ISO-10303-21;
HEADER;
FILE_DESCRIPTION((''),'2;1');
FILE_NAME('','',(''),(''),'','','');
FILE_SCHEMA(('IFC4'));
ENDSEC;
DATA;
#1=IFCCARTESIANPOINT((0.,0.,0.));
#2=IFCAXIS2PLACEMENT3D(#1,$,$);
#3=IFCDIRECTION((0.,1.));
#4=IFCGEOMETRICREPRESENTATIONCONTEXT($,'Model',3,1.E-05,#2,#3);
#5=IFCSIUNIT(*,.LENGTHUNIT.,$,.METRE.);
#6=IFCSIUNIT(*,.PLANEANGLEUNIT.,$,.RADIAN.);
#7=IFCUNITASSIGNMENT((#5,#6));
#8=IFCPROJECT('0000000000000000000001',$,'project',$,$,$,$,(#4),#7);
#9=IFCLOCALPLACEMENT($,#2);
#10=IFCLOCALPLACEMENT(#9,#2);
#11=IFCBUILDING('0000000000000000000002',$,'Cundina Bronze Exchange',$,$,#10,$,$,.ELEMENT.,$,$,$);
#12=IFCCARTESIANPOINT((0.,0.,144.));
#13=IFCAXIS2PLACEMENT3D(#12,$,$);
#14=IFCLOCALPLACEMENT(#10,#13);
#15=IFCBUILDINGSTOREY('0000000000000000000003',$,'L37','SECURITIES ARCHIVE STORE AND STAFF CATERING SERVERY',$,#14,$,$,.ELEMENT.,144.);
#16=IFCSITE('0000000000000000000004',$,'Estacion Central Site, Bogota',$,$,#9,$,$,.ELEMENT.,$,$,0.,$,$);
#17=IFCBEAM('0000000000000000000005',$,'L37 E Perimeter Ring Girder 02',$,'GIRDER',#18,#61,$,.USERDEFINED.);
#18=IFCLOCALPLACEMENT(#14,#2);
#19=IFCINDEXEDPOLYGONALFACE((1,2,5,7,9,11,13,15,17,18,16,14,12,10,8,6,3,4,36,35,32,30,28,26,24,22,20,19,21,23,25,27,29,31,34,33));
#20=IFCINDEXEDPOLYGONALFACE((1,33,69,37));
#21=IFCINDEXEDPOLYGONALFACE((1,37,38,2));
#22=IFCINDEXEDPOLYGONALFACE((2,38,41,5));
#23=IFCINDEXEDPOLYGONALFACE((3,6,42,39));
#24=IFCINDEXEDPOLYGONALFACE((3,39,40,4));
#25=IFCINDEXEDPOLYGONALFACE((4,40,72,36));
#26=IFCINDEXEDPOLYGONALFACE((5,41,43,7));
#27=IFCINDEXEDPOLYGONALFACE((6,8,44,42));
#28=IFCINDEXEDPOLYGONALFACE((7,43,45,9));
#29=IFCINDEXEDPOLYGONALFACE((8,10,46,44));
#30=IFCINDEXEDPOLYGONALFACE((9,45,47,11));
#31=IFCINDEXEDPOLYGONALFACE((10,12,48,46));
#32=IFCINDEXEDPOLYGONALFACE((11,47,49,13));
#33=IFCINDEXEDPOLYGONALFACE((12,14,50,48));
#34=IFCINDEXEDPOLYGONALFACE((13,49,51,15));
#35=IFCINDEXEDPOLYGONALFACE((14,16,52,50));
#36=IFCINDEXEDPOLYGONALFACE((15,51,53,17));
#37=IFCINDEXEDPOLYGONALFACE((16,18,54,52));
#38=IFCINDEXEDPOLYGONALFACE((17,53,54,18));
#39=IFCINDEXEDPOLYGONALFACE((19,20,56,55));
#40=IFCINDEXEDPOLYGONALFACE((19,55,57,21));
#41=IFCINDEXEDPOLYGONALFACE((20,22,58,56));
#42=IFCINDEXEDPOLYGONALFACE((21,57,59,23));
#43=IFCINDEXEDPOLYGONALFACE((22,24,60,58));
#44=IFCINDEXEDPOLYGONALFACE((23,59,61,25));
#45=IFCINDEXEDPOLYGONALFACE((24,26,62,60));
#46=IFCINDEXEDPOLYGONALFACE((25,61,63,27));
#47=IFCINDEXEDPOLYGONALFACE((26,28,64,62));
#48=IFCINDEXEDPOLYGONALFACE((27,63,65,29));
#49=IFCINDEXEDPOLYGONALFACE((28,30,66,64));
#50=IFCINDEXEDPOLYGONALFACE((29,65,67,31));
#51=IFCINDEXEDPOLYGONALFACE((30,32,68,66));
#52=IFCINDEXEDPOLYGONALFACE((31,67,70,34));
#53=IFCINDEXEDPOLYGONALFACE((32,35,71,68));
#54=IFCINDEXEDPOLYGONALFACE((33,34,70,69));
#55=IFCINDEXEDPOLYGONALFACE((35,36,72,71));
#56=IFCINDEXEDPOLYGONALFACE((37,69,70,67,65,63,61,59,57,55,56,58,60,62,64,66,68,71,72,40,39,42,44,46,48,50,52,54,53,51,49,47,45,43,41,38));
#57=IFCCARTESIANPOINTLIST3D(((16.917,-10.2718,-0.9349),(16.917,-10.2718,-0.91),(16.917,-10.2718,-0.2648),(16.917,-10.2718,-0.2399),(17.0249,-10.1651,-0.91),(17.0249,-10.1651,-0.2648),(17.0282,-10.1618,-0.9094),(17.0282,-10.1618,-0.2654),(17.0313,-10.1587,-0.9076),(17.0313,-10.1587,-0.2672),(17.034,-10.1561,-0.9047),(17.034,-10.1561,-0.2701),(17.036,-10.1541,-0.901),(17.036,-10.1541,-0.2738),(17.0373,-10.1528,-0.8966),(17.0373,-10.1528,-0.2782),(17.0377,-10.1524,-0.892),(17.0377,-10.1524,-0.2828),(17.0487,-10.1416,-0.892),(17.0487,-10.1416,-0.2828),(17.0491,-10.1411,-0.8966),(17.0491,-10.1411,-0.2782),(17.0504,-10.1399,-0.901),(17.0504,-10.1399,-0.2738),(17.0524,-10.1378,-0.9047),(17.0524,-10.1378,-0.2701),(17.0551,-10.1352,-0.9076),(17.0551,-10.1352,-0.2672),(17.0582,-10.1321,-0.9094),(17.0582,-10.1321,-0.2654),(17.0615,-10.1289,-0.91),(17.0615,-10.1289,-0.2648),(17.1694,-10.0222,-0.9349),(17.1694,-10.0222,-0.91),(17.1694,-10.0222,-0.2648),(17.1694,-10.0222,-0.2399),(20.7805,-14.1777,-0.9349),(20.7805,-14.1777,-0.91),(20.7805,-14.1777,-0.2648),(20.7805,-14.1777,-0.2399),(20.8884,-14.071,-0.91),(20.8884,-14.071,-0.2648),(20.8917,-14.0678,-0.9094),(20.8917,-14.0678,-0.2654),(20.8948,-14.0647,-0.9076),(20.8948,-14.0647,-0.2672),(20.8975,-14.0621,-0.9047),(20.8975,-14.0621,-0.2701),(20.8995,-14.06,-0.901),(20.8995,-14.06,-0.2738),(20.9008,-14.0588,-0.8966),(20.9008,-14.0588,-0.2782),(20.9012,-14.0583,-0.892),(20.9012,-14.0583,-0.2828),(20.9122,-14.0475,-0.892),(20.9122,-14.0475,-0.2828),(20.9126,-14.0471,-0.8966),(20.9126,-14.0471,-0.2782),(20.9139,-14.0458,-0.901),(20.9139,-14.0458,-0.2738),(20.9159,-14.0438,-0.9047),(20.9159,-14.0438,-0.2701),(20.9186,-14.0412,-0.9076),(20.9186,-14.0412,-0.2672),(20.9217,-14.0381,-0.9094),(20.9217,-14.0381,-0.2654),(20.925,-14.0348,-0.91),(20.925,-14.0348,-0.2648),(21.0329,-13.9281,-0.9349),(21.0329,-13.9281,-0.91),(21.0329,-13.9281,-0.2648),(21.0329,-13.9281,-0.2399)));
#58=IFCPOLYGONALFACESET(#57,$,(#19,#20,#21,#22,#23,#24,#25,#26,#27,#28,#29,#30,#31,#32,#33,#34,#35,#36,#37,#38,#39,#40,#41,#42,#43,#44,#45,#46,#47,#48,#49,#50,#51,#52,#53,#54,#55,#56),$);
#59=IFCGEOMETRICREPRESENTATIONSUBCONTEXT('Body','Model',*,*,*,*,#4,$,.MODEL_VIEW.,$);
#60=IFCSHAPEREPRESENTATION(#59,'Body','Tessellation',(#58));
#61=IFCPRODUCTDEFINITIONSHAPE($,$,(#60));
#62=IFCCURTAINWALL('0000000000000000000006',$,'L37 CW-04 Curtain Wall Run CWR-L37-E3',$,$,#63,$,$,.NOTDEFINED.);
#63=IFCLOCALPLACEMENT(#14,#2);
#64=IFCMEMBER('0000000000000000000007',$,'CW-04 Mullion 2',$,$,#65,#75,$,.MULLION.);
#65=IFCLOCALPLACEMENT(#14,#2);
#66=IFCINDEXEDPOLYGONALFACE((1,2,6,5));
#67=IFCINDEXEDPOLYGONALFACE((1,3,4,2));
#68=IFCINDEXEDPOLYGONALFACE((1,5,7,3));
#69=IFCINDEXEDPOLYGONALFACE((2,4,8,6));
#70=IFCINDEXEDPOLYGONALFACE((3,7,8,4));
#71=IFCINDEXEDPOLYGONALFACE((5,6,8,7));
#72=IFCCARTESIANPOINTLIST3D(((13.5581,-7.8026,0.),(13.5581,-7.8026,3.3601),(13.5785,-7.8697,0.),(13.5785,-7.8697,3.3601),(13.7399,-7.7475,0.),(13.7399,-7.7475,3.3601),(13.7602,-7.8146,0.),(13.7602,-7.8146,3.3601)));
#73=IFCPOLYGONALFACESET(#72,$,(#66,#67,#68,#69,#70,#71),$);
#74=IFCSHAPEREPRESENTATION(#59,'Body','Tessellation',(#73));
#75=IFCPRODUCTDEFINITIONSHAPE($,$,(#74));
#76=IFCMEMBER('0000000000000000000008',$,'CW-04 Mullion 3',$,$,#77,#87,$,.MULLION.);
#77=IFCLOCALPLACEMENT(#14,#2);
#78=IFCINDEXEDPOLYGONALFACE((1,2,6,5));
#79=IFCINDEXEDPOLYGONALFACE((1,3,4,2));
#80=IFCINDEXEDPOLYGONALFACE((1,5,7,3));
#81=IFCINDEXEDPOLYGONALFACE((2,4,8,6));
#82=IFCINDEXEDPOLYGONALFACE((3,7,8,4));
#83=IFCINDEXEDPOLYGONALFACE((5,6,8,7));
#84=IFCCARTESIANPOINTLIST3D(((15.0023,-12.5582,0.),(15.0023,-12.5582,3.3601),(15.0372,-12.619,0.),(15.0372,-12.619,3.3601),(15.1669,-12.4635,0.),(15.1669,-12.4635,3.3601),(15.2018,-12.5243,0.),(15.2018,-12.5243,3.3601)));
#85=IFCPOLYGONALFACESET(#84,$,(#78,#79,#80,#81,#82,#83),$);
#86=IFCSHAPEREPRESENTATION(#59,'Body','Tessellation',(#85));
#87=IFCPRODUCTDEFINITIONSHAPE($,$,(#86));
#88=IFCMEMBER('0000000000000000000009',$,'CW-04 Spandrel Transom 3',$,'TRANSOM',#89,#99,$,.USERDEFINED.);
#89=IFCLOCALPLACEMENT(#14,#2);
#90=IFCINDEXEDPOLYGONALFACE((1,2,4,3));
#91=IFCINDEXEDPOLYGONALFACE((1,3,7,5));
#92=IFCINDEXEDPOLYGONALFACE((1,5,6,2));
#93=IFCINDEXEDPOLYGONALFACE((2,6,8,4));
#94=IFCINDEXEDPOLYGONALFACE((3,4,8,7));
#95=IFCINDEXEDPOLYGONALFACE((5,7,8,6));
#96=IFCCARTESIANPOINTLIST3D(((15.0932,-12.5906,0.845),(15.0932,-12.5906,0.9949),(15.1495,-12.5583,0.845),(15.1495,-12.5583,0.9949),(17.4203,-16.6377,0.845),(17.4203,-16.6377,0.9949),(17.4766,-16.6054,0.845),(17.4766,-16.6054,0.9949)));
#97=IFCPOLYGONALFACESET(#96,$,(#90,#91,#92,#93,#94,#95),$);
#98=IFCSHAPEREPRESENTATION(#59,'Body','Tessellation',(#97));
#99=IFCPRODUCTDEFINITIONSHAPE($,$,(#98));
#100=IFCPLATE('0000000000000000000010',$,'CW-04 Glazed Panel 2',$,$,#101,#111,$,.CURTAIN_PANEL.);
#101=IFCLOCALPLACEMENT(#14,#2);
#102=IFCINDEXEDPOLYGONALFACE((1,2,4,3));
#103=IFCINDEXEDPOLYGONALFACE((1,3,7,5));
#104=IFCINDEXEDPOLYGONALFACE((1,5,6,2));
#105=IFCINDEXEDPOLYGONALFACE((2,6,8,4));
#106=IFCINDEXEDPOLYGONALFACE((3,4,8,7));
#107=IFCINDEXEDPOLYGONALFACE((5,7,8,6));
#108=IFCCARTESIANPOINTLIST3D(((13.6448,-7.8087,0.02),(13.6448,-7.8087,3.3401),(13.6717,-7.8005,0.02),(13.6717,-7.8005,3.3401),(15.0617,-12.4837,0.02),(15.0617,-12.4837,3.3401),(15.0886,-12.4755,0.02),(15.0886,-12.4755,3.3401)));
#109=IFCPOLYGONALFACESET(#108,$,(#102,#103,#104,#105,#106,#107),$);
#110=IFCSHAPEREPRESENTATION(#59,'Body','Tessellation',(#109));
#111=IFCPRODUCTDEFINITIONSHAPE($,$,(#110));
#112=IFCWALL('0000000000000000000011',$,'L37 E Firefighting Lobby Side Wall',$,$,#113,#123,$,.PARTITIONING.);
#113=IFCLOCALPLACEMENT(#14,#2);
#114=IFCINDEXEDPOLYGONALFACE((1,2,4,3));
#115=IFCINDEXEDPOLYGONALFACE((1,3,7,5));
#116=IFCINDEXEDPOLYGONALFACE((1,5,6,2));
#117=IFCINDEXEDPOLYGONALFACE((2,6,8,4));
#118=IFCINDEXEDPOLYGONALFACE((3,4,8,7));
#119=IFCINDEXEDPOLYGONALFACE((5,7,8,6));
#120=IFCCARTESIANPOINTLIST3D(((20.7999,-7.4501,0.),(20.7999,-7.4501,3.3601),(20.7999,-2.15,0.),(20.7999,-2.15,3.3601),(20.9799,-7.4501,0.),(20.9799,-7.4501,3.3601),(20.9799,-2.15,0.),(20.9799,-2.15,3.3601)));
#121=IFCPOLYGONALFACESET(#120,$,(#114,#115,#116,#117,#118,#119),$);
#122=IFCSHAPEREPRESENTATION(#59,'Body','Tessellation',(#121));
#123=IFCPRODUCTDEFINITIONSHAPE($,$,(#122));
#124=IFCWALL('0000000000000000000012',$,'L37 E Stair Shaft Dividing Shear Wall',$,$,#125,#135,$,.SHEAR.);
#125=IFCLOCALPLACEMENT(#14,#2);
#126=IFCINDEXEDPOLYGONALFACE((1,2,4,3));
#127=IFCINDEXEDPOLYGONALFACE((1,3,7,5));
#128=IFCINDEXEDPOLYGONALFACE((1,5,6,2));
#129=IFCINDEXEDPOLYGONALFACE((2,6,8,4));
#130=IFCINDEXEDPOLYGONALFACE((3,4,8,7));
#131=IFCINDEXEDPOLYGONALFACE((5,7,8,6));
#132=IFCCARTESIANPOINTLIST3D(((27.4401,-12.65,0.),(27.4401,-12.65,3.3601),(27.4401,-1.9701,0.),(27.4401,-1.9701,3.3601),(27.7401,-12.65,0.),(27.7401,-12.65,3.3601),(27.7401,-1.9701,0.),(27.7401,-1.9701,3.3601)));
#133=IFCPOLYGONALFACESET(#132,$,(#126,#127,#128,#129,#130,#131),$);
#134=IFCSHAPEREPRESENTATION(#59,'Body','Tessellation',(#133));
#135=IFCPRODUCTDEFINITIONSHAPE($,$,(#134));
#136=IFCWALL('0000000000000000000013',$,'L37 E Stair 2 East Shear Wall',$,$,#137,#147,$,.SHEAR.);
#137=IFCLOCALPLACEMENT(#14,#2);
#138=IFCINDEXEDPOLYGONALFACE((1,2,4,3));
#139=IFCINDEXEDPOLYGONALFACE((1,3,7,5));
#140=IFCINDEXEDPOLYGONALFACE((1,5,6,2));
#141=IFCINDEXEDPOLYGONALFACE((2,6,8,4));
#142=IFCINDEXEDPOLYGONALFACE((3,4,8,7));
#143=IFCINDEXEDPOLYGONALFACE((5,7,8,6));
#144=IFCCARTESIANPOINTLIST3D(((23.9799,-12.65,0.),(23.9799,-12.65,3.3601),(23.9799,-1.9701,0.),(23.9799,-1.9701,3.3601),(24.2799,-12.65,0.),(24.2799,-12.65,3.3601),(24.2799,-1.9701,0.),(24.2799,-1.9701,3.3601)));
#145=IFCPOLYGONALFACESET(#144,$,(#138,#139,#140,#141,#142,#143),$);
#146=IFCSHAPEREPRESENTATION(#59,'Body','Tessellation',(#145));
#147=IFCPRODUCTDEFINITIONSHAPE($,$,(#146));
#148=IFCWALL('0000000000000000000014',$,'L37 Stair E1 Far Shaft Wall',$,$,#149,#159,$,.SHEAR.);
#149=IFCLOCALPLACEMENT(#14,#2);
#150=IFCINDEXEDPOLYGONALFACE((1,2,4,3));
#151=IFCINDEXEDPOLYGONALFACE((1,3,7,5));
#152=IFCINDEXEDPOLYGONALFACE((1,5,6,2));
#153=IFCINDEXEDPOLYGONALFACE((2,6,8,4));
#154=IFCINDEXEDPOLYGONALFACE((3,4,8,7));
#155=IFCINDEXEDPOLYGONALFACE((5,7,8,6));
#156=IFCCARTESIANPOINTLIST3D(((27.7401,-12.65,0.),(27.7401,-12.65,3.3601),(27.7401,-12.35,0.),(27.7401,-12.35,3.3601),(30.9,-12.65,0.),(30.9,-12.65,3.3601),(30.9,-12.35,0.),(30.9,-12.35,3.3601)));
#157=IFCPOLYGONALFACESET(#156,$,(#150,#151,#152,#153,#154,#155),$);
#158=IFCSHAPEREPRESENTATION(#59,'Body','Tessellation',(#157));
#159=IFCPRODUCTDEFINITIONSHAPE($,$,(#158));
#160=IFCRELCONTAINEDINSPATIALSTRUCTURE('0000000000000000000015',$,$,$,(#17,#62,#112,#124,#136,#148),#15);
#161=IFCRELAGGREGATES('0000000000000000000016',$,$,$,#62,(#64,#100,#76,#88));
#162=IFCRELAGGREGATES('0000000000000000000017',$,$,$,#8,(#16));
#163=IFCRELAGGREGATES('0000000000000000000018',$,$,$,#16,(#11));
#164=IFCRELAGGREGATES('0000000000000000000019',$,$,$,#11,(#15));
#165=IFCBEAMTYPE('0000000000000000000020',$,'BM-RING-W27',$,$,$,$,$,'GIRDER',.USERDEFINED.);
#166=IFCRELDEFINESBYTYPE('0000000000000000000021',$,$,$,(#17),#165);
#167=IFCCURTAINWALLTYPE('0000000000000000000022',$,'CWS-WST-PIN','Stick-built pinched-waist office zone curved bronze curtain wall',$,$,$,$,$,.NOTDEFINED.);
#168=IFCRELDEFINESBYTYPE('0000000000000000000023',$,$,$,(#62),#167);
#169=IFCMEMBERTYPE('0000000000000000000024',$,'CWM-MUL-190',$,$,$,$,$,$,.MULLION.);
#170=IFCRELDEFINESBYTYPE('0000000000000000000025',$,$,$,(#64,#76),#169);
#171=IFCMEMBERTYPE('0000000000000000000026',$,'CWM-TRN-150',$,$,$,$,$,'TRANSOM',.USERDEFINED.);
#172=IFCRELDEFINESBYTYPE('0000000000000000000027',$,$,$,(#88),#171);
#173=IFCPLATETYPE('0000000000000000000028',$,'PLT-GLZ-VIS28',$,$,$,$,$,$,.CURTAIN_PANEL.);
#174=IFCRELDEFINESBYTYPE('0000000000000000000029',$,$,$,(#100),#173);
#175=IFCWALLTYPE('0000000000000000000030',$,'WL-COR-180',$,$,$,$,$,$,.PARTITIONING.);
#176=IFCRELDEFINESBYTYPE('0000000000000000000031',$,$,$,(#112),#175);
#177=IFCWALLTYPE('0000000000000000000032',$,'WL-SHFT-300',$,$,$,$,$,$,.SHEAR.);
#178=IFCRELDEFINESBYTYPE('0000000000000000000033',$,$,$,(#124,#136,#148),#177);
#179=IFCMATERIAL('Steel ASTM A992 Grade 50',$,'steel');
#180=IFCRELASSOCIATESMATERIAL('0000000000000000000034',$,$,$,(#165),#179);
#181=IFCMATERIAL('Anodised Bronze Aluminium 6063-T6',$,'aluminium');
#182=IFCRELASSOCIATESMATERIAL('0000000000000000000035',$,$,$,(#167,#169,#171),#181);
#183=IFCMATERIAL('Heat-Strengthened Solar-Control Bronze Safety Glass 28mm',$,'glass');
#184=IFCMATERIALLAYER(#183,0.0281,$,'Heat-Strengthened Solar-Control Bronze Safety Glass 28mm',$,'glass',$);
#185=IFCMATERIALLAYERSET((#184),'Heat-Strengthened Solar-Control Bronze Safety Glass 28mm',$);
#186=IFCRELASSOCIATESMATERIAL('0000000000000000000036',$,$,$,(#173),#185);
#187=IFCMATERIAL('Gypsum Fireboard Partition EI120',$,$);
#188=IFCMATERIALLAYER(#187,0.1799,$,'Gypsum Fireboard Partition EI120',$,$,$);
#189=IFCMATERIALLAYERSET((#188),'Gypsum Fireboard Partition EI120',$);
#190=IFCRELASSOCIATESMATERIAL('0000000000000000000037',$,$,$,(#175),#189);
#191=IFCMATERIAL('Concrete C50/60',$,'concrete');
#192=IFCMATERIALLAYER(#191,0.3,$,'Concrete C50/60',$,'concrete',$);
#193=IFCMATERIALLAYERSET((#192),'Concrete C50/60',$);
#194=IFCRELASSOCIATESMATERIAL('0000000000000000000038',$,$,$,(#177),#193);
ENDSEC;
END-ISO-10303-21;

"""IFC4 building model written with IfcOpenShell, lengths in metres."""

from ifc_helpers import new_model, si_unit, direction, frame, frame_2d, origin, origin_2d, place, context, subcontext, project, spatial, rectangle, i_section, extrude, material, layer, layer_set, material_profile, profile_set, type_object, element, aggregate, save


model = new_model("IFC4")

# Units and contexts
model_context = context("Model", 3, precision=1e-05, world=origin(), true_north=direction((0.0, 1.0)))
body_context = subcontext(model_context, "Body", "Model", "MODEL_VIEW")
ifc_project = project(units=[si_unit("LENGTHUNIT", "METRE"), si_unit("PLANEANGLEUNIT", "RADIAN")], contexts=[model_context])

# Site, building, storey
site_placement = place(None, origin())
site = spatial("IfcSite", under=ifc_project, at=site_placement, Name="Estacion Central Site, Bogota", CompositionType="ELEMENT", RefElevation=0.0)
building_placement = place(site_placement, origin())
building = spatial("IfcBuilding", under=site, at=building_placement, Name="Cundina Bronze Exchange", CompositionType="ELEMENT")
storey_placement = place(building_placement, frame((0.0, 0.0, 144.0)))
storey = spatial("IfcBuildingStorey", under=building, at=storey_placement, Name="L37", Description="SECURITIES ARCHIVE STORE AND STAFF CATERING SERVERY", CompositionType="ELEMENT", Elevation=144.0)

# Shared definitions
ifc_material_1 = material(Name="Concrete C50/60", Category="concrete")

# Beam
ifc_material_2 = material(Name="Steel ASTM A992 Grade 50", Category="steel")
ifc_material_profile_1 = material_profile(ifc_material_2, i_section(OverallWidth=0.355, OverallDepth=0.6951, WebThickness=0.0154, FlangeThickness=0.0249, FilletRadius=0.0181, at=origin_2d()), Name="W27X146", Category="steel")
ifc_profile_set_1 = profile_set([ifc_material_profile_1], Name="Steel ASTM A992 Grade 50")
beam_type_1 = type_object("IfcBeamType", Name="BM-RING-W27", ElementType="GIRDER", PredefinedType="USERDEFINED", material=ifc_profile_set_1)
beam_1_placement = place(storey_placement, frame((17.0432, -10.147, -0.5874), z_axis=(0.70323, -0.710962, 0.0), x_axis=(0.710962, 0.70323, 0.0)))
element("IfcBeam", 1, at=beam_1_placement, inside=storey, type_object=beam_type_1, Name="L37 E Perimeter Ring Girder 02", ObjectType="GIRDER", PredefinedType="USERDEFINED", context=body_context, shape_type="SweptSolid", body=[
    extrude(i_section(OverallWidth=0.355, OverallDepth=0.6951, WebThickness=0.0154, FlangeThickness=0.0249, FilletRadius=0.0181, at=origin_2d()), origin(), (0.0, 0.0, 1.0), 5.4939),
])

# Curtain wall, members, plate
ifc_material_3 = material(Name="Anodised Bronze Aluminium 6063-T6", Category="aluminium")
curtain_wall_type = type_object("IfcCurtainWallType", Name="CWS-WST-PIN", Description="Stick-built pinched-waist office zone curved bronze curtain wall", PredefinedType="NOTDEFINED", material=ifc_material_3)
curtain_wall_placement = place(storey_placement, origin())
curtain_wall = element("IfcCurtainWall", 2, at=curtain_wall_placement, inside=storey, type_object=curtain_wall_type, Name="L37 CW-04 Curtain Wall Run CWR-L37-E3", PredefinedType="NOTDEFINED")
ifc_material_profile_2 = material_profile(ifc_material_3, rectangle(XDim=0.0701, YDim=0.1899, at=origin_2d()), Name="AL70X190", Category="aluminium")
ifc_profile_set_2 = profile_set([ifc_material_profile_2], Name="Anodised Bronze Aluminium 6063-T6")
member_type_1 = type_object("IfcMemberType", Name="CWM-MUL-190", PredefinedType="MULLION", material=ifc_profile_set_2)
member_1_placement = place(storey_placement, frame((13.6592, -7.8086, 0.0), z_axis=(0.0, 0.0, 1.0), x_axis=(0.290034, -0.957016, 0.0)))
member_1 = element("IfcMember", 3, at=member_1_placement, type_object=member_type_1, Name="CW-04 Mullion 2", PredefinedType="MULLION", context=body_context, shape_type="SweptSolid", body=[
    extrude(rectangle(XDim=0.0701, YDim=0.1899, at=origin_2d()), origin(), (0.0, 0.0, 1.0), 3.3601),
])
member_2_placement = place(storey_placement, frame((15.1021, -12.5413, 0.0), z_axis=(0.0, 0.0, 1.0), x_axis=(0.498488, -0.866897, 0.0)))
member_2 = element("IfcMember", 4, at=member_2_placement, type_object=member_type_1, Name="CW-04 Mullion 3", PredefinedType="MULLION", context=body_context, shape_type="SweptSolid", body=[
    extrude(rectangle(XDim=0.0701, YDim=0.1899, at=origin_2d()), origin(), (0.0, 0.0, 1.0), 3.3601),
])
ifc_material_profile_3 = material_profile(ifc_material_3, rectangle(XDim=0.0649, YDim=0.1499, at=origin_2d()), Name="AL65X150", Category="aluminium")
ifc_profile_set_3 = profile_set([ifc_material_profile_3], Name="Anodised Bronze Aluminium 6063-T6")
member_type_2 = type_object("IfcMemberType", Name="CWM-TRN-150", ElementType="TRANSOM", PredefinedType="USERDEFINED", material=ifc_profile_set_3)
member_3_placement = place(storey_placement, frame((15.1213, -12.5745, 0.9199), z_axis=(0.49848, -0.866901, 0.0), x_axis=(0.866901, 0.49848, 0.0)))
member_3 = element("IfcMember", 5, at=member_3_placement, type_object=member_type_2, Name="CW-04 Spandrel Transom 3", ObjectType="TRANSOM", PredefinedType="USERDEFINED", context=body_context, shape_type="SweptSolid", body=[
    extrude(rectangle(XDim=0.0649, YDim=0.1499, at=origin_2d()), origin(), (0.0, 0.0, 1.0), 4.6685),
])
ifc_material_4 = material(Name="Heat-Strengthened Solar-Control Bronze Safety Glass 28mm", Category="glass")
ifc_layer_1 = layer(ifc_material_4, 0.0281, Name="Heat-Strengthened Solar-Control Bronze Safety Glass 28mm", Category="glass")
ifc_layer_set_1 = layer_set([ifc_layer_1], Name="Heat-Strengthened Solar-Control Bronze Safety Glass 28mm")
plate_type = type_object("IfcPlateType", Name="PLT-GLZ-VIS28", PredefinedType="CURTAIN_PANEL", material=ifc_layer_set_1)
plate_placement = place(storey_placement, frame((14.3667, -10.1421, 0.02), z_axis=(0.0, 0.0, 1.0), x_axis=(0.290051, -0.957011, 0.0)))
plate = element("IfcPlate", 6, at=plate_placement, type_object=plate_type, Name="CW-04 Glazed Panel 2", PredefinedType="CURTAIN_PANEL", context=body_context, shape_type="SweptSolid", body=[
    extrude(rectangle(XDim=4.885, YDim=0.0281, at=origin_2d()), origin(), (0.0, 0.0, 1.0), 3.3201),
])
aggregate(curtain_wall, [member_1, plate, member_2, member_3])

# Walls
ifc_material_5 = material(Name="Gypsum Fireboard Partition EI120")
ifc_layer_2 = layer(ifc_material_5, 0.1799, Name="Gypsum Fireboard Partition EI120")
ifc_layer_set_2 = layer_set([ifc_layer_2], Name="Gypsum Fireboard Partition EI120")
wall_type_1 = type_object("IfcWallType", Name="WL-COR-180", PredefinedType="PARTITIONING", material=ifc_layer_set_2)
wall_1_placement = place(storey_placement, frame((20.8899, -7.45, 0.0), z_axis=(0.0, 0.0, 1.0), x_axis=(0.0, 1.0, 0.0)))
element("IfcWall", 7, at=wall_1_placement, inside=storey, type_object=wall_type_1, Name="L37 E Firefighting Lobby Side Wall", PredefinedType="PARTITIONING", context=body_context, shape_type="SweptSolid", body=[
    extrude(rectangle(XDim=5.3, YDim=0.1799, at=frame_2d((2.6499, 0.0))), origin(), (0.0, 0.0, 1.0), 3.3601),
])
ifc_layer_3 = layer(ifc_material_1, 0.3, Name="Concrete C50/60", Category="concrete")
ifc_layer_set_3 = layer_set([ifc_layer_3], Name="Concrete C50/60")
wall_type_2 = type_object("IfcWallType", Name="WL-SHFT-300", PredefinedType="SHEAR", material=ifc_layer_set_3)
for number, where, z_axis, x_axis, name in (
    (8, (27.5901, -12.6499, 0.0), (0.0, 0.0, 1.0), (0.0, 1.0, 0.0), "L37 E Stair Shaft Dividing Shear Wall"),
    (9, (24.1299, -12.6499, 0.0), (0.0, 0.0, 1.0), (0.0, 1.0, 0.0), "L37 E Stair 2 East Shear Wall"),
):
    element("IfcWall", number, at=place(storey_placement, frame(where, z_axis=z_axis, x_axis=x_axis)), inside=storey, type_object=wall_type_2, Name=name, PredefinedType="SHEAR", context=body_context, shape_type="SweptSolid", body=[
        extrude(rectangle(XDim=10.6799, YDim=0.3, at=frame_2d((5.3398, 0.0))), origin(), (0.0, 0.0, 1.0), 3.3601),
    ])
wall_2_placement = place(storey_placement, frame((27.74, -12.5, 0.0), z_axis=(0.0, 0.0, 1.0), x_axis=(1.0, 0.0, 0.0)))
element("IfcWall", 10, at=wall_2_placement, inside=storey, type_object=wall_type_2, Name="L37 Stair E1 Far Shaft Wall", PredefinedType="SHEAR", context=body_context, shape_type="SweptSolid", body=[
    extrude(rectangle(XDim=3.1599, YDim=0.3, at=frame_2d((1.5801, 0.0))), origin(), (0.0, 0.0, 1.0), 3.3601),
])

save(model, "model.ifc")
